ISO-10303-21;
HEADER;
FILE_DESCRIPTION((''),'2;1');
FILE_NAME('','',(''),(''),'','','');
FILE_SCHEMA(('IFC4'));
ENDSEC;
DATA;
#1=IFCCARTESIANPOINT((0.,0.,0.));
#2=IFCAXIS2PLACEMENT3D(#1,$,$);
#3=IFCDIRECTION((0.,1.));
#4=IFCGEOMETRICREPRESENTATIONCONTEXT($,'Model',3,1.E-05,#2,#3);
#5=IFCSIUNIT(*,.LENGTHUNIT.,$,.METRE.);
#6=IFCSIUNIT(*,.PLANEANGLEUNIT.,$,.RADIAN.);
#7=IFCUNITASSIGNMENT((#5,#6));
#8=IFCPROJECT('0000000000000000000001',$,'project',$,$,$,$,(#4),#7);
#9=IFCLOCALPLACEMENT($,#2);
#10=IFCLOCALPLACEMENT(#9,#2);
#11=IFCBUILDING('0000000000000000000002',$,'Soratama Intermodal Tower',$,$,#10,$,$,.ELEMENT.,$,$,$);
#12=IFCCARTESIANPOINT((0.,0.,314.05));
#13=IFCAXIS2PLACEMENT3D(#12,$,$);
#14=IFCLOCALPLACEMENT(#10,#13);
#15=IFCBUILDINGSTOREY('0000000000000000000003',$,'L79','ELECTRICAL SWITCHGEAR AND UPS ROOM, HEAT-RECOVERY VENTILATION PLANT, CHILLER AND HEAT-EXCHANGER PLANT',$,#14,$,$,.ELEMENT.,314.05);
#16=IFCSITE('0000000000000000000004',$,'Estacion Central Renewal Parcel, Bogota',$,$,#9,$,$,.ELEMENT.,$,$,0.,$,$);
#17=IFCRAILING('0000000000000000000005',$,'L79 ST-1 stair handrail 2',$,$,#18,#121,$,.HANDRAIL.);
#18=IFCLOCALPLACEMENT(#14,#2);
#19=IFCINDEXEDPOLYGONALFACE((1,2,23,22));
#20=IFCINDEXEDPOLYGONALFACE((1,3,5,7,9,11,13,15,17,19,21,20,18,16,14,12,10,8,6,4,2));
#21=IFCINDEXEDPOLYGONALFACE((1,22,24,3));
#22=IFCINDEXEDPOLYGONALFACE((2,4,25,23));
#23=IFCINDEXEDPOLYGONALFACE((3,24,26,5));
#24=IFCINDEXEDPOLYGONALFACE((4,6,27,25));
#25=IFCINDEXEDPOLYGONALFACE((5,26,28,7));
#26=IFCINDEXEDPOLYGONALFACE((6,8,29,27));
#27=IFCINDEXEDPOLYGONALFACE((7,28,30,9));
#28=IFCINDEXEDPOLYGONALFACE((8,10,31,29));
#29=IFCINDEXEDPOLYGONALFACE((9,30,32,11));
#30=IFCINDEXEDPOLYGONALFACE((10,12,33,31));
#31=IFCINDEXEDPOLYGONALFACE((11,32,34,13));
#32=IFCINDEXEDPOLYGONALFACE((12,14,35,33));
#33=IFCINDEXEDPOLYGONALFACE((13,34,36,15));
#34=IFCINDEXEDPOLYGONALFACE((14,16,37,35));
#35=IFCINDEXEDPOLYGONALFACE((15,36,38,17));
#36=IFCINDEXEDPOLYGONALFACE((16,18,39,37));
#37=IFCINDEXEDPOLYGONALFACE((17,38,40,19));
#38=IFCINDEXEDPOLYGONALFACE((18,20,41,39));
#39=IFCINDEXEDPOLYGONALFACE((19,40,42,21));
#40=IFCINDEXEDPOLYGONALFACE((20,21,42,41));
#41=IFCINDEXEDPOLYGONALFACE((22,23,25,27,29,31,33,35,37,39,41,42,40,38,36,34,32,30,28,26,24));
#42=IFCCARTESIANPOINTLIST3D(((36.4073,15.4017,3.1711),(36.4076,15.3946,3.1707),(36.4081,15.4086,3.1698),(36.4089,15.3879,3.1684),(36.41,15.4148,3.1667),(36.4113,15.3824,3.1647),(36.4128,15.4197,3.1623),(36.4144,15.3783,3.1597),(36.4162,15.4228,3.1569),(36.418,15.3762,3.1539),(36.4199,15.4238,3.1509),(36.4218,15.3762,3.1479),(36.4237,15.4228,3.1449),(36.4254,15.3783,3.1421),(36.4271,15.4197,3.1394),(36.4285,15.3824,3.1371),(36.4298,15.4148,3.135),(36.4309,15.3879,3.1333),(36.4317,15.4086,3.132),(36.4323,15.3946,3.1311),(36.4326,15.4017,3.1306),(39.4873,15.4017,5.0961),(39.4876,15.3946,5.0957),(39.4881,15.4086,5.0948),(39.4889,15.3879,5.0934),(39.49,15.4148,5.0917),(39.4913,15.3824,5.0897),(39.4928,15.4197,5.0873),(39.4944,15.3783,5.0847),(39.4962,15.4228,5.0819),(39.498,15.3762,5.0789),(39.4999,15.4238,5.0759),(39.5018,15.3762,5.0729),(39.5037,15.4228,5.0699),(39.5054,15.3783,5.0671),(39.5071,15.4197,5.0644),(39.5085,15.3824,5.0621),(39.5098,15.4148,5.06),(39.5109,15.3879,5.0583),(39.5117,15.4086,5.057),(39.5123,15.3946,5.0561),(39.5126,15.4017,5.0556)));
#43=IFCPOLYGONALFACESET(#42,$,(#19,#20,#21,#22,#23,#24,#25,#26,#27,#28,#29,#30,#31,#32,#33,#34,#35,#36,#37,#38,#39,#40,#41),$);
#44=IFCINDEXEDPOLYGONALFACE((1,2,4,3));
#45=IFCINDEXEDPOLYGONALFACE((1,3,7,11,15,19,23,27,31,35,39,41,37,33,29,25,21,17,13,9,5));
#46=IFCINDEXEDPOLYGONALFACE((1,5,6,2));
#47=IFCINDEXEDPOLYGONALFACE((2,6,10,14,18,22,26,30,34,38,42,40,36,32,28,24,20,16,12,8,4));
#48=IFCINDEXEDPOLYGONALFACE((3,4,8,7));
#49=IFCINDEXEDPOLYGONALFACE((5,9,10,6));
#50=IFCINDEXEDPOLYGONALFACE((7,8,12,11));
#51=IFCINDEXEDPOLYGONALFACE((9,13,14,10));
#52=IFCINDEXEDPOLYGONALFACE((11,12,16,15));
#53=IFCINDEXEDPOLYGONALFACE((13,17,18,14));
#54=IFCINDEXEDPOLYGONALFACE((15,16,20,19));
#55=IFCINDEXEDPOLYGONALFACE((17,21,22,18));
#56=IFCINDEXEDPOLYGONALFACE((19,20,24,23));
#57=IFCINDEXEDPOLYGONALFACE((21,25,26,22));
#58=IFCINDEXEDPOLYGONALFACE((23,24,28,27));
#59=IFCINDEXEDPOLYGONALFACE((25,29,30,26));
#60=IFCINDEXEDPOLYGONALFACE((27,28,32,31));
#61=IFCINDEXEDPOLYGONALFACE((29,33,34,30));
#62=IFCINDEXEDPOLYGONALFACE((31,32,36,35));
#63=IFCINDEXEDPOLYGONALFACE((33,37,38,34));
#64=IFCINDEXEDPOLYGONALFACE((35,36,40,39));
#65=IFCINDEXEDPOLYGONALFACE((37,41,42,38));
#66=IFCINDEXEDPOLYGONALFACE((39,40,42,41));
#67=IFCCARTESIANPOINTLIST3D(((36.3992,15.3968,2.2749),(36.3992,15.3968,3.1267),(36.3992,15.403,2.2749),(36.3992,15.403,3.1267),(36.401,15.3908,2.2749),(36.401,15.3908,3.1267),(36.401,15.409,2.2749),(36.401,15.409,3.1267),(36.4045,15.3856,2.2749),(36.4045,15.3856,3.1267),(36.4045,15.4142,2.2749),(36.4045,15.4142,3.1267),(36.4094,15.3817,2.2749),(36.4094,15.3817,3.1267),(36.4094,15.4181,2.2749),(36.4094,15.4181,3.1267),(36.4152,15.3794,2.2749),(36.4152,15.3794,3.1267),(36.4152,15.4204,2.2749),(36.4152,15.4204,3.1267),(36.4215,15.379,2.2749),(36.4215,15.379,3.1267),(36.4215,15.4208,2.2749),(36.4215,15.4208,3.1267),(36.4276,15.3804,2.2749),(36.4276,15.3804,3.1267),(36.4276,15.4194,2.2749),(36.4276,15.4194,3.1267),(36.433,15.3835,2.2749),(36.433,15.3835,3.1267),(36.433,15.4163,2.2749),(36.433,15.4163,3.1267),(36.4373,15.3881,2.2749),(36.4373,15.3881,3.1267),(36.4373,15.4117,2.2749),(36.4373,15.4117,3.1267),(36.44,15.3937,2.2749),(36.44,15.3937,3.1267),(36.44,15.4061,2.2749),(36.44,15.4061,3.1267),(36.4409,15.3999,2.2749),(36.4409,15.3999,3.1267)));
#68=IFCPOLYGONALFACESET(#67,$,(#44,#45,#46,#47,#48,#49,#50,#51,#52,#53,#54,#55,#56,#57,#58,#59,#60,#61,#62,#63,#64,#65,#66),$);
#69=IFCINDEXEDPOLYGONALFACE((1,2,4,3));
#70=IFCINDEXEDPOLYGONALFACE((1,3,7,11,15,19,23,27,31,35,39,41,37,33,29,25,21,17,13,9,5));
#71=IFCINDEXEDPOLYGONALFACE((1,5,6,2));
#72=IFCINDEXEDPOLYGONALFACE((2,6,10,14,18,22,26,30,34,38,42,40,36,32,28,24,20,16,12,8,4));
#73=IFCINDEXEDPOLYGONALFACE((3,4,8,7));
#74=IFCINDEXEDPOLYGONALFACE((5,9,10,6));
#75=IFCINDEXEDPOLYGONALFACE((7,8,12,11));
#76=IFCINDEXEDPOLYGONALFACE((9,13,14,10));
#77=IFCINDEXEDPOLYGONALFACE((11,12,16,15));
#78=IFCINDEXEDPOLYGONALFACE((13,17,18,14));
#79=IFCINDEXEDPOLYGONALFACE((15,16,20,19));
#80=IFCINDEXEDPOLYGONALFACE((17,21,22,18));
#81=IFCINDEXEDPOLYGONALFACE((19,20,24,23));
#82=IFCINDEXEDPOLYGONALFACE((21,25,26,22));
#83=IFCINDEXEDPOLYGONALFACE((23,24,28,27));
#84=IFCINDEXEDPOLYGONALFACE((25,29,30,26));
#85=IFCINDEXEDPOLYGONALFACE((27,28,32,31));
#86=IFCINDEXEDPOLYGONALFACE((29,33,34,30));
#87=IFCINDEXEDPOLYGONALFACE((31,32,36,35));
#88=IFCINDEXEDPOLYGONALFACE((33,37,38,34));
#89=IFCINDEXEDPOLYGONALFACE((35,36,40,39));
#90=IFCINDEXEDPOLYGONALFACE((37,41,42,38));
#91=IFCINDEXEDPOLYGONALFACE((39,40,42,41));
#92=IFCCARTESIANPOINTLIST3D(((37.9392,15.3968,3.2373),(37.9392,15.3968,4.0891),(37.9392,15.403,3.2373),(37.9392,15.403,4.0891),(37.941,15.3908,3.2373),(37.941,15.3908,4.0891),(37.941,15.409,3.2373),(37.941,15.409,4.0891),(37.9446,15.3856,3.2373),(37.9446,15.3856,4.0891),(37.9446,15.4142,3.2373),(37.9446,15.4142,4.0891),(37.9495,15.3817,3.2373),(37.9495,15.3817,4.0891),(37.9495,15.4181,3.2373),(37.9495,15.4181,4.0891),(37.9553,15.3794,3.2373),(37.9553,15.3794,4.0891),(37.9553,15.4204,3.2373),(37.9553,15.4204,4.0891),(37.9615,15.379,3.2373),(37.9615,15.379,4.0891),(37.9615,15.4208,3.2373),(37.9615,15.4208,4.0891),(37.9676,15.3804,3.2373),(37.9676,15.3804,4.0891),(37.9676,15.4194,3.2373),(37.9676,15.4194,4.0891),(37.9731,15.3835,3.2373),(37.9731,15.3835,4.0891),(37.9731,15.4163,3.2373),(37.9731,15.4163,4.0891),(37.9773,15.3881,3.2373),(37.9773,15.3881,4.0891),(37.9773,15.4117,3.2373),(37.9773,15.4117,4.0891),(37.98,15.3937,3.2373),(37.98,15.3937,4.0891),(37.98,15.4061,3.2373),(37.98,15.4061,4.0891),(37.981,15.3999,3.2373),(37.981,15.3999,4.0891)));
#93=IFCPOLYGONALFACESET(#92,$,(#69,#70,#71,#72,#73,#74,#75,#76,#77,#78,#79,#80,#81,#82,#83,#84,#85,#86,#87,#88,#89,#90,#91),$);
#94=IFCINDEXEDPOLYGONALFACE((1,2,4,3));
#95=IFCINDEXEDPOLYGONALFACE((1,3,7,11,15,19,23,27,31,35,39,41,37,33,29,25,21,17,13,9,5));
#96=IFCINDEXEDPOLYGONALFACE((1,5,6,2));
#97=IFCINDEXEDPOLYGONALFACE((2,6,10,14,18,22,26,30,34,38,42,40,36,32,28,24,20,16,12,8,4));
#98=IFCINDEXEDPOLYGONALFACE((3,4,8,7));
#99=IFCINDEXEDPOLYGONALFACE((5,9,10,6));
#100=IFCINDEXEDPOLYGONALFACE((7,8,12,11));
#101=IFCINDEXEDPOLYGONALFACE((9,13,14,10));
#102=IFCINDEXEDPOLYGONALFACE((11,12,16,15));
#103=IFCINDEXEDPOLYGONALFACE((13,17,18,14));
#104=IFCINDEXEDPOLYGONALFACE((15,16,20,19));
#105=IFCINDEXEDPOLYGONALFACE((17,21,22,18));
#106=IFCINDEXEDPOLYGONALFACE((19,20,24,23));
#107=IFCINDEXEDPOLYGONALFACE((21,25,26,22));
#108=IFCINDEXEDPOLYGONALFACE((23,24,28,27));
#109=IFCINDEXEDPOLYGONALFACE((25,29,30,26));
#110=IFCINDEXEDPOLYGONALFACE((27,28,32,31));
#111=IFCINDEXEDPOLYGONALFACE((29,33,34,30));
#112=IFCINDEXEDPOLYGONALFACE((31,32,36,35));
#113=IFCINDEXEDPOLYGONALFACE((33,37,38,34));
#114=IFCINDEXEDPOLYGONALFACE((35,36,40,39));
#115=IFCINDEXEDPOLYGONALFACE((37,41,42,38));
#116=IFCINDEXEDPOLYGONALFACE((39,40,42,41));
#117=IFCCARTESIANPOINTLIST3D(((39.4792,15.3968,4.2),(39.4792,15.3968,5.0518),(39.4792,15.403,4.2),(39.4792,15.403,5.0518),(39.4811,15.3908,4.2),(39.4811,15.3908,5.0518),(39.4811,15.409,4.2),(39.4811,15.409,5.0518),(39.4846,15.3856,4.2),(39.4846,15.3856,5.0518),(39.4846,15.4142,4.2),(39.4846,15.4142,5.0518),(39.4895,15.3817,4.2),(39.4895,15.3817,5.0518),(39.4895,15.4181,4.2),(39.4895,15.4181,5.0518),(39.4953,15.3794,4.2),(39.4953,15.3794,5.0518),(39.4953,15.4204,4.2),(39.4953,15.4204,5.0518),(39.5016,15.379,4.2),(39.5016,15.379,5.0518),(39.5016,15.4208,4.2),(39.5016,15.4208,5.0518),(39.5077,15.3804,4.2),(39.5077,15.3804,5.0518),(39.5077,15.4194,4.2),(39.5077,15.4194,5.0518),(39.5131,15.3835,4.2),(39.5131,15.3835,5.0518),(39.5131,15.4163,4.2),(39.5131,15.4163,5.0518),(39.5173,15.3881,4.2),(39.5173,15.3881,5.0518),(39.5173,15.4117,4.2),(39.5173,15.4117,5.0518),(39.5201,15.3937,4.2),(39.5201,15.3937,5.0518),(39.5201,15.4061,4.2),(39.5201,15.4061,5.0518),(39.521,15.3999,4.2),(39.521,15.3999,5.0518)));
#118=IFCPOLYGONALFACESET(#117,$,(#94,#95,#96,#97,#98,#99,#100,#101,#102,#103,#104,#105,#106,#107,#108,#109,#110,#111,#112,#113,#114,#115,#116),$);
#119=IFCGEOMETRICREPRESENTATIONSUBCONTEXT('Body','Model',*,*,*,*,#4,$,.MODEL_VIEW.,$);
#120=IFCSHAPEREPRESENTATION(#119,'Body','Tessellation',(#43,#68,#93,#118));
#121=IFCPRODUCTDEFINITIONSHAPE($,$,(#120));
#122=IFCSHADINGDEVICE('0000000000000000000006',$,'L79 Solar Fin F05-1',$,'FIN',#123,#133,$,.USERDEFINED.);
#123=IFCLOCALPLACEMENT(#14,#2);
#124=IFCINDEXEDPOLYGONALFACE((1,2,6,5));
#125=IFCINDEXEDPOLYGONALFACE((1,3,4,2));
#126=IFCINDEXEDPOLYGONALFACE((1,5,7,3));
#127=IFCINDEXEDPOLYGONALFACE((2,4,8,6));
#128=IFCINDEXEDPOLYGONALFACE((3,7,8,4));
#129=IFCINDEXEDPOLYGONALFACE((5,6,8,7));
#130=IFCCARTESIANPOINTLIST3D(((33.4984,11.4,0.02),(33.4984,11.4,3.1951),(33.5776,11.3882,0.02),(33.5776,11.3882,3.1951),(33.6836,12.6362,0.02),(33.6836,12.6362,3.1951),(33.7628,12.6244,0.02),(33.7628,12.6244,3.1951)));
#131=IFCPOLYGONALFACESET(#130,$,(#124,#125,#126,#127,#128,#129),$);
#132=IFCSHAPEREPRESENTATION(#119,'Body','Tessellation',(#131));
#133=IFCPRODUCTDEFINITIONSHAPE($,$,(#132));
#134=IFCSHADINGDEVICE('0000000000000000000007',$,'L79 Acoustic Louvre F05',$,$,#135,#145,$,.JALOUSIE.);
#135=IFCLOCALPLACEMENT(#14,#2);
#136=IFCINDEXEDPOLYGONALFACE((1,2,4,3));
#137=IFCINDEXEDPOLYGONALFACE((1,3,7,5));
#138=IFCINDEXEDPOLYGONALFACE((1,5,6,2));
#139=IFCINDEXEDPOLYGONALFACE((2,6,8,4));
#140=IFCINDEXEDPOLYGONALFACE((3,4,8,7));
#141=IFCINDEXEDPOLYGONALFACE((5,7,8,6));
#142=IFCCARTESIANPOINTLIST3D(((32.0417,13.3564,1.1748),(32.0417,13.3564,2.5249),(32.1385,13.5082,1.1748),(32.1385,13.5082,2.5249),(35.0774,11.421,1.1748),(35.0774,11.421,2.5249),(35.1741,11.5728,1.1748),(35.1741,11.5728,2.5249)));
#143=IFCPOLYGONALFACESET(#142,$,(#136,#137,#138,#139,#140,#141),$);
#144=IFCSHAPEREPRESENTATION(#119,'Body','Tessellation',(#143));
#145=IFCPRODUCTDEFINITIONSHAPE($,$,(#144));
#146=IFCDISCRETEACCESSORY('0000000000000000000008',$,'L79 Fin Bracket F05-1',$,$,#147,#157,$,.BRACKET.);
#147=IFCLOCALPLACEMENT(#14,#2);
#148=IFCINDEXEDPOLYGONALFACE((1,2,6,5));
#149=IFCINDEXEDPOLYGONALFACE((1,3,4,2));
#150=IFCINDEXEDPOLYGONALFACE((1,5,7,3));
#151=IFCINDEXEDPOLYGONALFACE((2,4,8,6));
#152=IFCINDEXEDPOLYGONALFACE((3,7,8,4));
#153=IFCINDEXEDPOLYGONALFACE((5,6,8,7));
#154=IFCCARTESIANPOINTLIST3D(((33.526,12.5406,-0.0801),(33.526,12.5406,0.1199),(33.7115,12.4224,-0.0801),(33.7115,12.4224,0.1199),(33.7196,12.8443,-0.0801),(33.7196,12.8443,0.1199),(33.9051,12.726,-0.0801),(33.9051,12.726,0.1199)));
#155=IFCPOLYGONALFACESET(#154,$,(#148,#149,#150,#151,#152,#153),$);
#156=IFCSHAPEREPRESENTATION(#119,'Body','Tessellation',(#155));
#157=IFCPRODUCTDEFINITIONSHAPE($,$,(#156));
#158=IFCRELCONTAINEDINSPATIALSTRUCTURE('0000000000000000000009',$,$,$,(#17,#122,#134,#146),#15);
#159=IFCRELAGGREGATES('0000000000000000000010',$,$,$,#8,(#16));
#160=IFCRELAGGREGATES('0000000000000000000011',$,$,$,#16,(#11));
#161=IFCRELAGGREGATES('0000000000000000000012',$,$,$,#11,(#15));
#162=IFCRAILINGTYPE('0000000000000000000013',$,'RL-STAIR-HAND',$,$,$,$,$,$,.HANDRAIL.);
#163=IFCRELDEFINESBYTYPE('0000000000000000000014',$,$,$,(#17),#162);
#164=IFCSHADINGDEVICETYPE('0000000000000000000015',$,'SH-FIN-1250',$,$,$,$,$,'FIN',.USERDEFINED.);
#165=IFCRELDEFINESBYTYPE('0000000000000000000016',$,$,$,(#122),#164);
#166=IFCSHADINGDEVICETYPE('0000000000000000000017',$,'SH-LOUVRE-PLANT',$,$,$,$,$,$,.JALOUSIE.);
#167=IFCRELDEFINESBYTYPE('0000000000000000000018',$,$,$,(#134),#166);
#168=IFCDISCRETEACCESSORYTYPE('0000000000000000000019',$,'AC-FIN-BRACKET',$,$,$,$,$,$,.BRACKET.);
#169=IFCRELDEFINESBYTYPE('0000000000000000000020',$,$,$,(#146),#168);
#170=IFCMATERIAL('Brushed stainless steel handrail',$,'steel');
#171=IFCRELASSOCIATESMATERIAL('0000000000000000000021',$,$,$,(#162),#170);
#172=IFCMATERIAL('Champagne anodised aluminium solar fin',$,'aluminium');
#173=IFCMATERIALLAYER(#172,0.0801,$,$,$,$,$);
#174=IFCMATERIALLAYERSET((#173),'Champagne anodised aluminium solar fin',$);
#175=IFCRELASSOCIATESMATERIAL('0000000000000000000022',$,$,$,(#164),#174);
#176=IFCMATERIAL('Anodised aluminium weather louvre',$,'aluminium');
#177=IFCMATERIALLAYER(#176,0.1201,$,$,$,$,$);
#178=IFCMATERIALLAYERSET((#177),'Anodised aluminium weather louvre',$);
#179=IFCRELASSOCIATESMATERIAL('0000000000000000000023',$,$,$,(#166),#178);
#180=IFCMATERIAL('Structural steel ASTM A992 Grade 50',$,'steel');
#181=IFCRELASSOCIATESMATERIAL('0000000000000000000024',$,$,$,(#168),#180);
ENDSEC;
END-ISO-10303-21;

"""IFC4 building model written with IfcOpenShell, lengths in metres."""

from ifc_helpers import new_model, si_unit, direction, frame, origin, origin_2d, place, context, subcontext, project, spatial, rectangle, circle, extrude, material, layer, layer_set, type_object, element, save


model = new_model("IFC4")

# Units and contexts
model_context = context("Model", 3, precision=1e-05, world=origin(), true_north=direction((0.0, 1.0)))
body_context = subcontext(model_context, "Body", "Model", "MODEL_VIEW")
ifc_project = project(units=[si_unit("LENGTHUNIT", "METRE"), si_unit("PLANEANGLEUNIT", "RADIAN")], contexts=[model_context])

# Site, building, storey
site_placement = place(None, origin())
site = spatial("IfcSite", under=ifc_project, at=site_placement, Name="Estacion Central Renewal Parcel, Bogota", CompositionType="ELEMENT", RefElevation=0.0)
building_placement = place(site_placement, origin())
building = spatial("IfcBuilding", under=site, at=building_placement, Name="Soratama Intermodal Tower", CompositionType="ELEMENT")
storey_placement = place(building_placement, frame((0.0, 0.0, 314.05)))
storey = spatial("IfcBuildingStorey", under=building, at=storey_placement, Name="L79", Description="ELECTRICAL SWITCHGEAR AND UPS ROOM, HEAT-RECOVERY VENTILATION PLANT, CHILLER AND HEAT-EXCHANGER PLANT", CompositionType="ELEMENT", Elevation=314.05)

# Railing
ifc_material_1 = material(Name="Brushed stainless steel handrail", Category="steel")
railing_type_1 = type_object("IfcRailingType", Name="RL-STAIR-HAND", PredefinedType="HANDRAIL", material=ifc_material_1)
railing_1_placement = place(storey_placement, frame((36.4199, 15.3999, 2.2749)))
element("IfcRailing", 1, at=railing_1_placement, inside=storey, type_object=railing_type_1, Name="L79 ST-1 stair handrail 2", PredefinedType="HANDRAIL", context=body_context, shape_type="SweptSolid", body=[
    extrude(circle(Radius=0.0239, at=origin_2d()), frame((0.0, 0.0, 0.876), z_axis=(0.847998, 0.0, 0.529999), x_axis=(0.0, 1.0, 0.0)), (0.0, 0.0, 1.0), 3.6321),
    extrude(circle(Radius=0.021, at=origin_2d()), origin(), (0.0, 0.0, 1.0), 0.8518),
    extrude(circle(Radius=0.021, at=origin_2d()), frame((1.54, 0.0, 0.9624)), (0.0, 0.0, 1.0), 0.8518),
    extrude(circle(Radius=0.021, at=origin_2d()), frame((3.0801, 0.0, 1.925)), (0.0, 0.0, 1.0), 0.8518),
])

# Shading devices
ifc_material_2 = material(Name="Champagne anodised aluminium solar fin", Category="aluminium")
ifc_layer_1 = layer(ifc_material_2, 0.0801)
ifc_layer_set_1 = layer_set([ifc_layer_1], Name="Champagne anodised aluminium solar fin")
shading_device_type_1 = type_object("IfcShadingDeviceType", Name="SH-FIN-1250", ElementType="FIN", PredefinedType="USERDEFINED", material=ifc_layer_set_1)
shading_device_1_placement = place(storey_placement, frame((33.6306, 12.0122, 0.02), z_axis=(0.0, 0.0, 1.0), x_axis=(-0.148155, -0.988964, 0.0)))
element("IfcShadingDevice", 2, at=shading_device_1_placement, inside=storey, type_object=shading_device_type_1, Name="L79 Solar Fin F05-1", ObjectType="FIN", PredefinedType="USERDEFINED", context=body_context, shape_type="SweptSolid", body=[
    extrude(rectangle(XDim=1.25, YDim=0.0801, at=origin_2d()), origin(), (0.0, 0.0, 1.0), 3.175),
])
ifc_material_3 = material(Name="Anodised aluminium weather louvre", Category="aluminium")
ifc_layer_2 = layer(ifc_material_3, 0.1201)
ifc_layer_set_2 = layer_set([ifc_layer_2], Name="Anodised aluminium weather louvre")
shading_device_type_2 = type_object("IfcShadingDeviceType", Name="SH-LOUVRE-PLANT", PredefinedType="JALOUSIE", material=ifc_layer_set_2)
shading_device_2_placement = place(storey_placement, frame((33.6079, 12.4646, 1.1748), z_axis=(0.0, 0.0, 1.0), x_axis=(0.843204, -0.537594, 0.0)))
element("IfcShadingDevice", 3, at=shading_device_2_placement, inside=storey, type_object=shading_device_type_2, Name="L79 Acoustic Louvre F05", PredefinedType="JALOUSIE", context=body_context, shape_type="SweptSolid", body=[
    extrude(rectangle(XDim=3.6001, YDim=0.1799, at=origin_2d()), origin(), (0.0, 0.0, 1.0), 1.3501),
])

# Discrete accessory
ifc_material_4 = material(Name="Structural steel ASTM A992 Grade 50", Category="steel")
discrete_accessory_type = type_object("IfcDiscreteAccessoryType", Name="AC-FIN-BRACKET", PredefinedType="BRACKET", material=ifc_material_4)
discrete_accessory_placement = place(storey_placement, frame((33.7156, 12.6333, -0.0801), z_axis=(0.0, 0.0, 1.0), x_axis=(-0.537594, -0.843204, 0.0)))
element("IfcDiscreteAccessory", 4, at=discrete_accessory_placement, inside=storey, type_object=discrete_accessory_type, Name="L79 Fin Bracket F05-1", PredefinedType="BRACKET", context=body_context, shape_type="SweptSolid", body=[
    extrude(rectangle(XDim=0.3601, YDim=0.22, at=origin_2d()), origin(), (0.0, 0.0, 1.0), 0.2),
])

save(model, "model.ifc")
